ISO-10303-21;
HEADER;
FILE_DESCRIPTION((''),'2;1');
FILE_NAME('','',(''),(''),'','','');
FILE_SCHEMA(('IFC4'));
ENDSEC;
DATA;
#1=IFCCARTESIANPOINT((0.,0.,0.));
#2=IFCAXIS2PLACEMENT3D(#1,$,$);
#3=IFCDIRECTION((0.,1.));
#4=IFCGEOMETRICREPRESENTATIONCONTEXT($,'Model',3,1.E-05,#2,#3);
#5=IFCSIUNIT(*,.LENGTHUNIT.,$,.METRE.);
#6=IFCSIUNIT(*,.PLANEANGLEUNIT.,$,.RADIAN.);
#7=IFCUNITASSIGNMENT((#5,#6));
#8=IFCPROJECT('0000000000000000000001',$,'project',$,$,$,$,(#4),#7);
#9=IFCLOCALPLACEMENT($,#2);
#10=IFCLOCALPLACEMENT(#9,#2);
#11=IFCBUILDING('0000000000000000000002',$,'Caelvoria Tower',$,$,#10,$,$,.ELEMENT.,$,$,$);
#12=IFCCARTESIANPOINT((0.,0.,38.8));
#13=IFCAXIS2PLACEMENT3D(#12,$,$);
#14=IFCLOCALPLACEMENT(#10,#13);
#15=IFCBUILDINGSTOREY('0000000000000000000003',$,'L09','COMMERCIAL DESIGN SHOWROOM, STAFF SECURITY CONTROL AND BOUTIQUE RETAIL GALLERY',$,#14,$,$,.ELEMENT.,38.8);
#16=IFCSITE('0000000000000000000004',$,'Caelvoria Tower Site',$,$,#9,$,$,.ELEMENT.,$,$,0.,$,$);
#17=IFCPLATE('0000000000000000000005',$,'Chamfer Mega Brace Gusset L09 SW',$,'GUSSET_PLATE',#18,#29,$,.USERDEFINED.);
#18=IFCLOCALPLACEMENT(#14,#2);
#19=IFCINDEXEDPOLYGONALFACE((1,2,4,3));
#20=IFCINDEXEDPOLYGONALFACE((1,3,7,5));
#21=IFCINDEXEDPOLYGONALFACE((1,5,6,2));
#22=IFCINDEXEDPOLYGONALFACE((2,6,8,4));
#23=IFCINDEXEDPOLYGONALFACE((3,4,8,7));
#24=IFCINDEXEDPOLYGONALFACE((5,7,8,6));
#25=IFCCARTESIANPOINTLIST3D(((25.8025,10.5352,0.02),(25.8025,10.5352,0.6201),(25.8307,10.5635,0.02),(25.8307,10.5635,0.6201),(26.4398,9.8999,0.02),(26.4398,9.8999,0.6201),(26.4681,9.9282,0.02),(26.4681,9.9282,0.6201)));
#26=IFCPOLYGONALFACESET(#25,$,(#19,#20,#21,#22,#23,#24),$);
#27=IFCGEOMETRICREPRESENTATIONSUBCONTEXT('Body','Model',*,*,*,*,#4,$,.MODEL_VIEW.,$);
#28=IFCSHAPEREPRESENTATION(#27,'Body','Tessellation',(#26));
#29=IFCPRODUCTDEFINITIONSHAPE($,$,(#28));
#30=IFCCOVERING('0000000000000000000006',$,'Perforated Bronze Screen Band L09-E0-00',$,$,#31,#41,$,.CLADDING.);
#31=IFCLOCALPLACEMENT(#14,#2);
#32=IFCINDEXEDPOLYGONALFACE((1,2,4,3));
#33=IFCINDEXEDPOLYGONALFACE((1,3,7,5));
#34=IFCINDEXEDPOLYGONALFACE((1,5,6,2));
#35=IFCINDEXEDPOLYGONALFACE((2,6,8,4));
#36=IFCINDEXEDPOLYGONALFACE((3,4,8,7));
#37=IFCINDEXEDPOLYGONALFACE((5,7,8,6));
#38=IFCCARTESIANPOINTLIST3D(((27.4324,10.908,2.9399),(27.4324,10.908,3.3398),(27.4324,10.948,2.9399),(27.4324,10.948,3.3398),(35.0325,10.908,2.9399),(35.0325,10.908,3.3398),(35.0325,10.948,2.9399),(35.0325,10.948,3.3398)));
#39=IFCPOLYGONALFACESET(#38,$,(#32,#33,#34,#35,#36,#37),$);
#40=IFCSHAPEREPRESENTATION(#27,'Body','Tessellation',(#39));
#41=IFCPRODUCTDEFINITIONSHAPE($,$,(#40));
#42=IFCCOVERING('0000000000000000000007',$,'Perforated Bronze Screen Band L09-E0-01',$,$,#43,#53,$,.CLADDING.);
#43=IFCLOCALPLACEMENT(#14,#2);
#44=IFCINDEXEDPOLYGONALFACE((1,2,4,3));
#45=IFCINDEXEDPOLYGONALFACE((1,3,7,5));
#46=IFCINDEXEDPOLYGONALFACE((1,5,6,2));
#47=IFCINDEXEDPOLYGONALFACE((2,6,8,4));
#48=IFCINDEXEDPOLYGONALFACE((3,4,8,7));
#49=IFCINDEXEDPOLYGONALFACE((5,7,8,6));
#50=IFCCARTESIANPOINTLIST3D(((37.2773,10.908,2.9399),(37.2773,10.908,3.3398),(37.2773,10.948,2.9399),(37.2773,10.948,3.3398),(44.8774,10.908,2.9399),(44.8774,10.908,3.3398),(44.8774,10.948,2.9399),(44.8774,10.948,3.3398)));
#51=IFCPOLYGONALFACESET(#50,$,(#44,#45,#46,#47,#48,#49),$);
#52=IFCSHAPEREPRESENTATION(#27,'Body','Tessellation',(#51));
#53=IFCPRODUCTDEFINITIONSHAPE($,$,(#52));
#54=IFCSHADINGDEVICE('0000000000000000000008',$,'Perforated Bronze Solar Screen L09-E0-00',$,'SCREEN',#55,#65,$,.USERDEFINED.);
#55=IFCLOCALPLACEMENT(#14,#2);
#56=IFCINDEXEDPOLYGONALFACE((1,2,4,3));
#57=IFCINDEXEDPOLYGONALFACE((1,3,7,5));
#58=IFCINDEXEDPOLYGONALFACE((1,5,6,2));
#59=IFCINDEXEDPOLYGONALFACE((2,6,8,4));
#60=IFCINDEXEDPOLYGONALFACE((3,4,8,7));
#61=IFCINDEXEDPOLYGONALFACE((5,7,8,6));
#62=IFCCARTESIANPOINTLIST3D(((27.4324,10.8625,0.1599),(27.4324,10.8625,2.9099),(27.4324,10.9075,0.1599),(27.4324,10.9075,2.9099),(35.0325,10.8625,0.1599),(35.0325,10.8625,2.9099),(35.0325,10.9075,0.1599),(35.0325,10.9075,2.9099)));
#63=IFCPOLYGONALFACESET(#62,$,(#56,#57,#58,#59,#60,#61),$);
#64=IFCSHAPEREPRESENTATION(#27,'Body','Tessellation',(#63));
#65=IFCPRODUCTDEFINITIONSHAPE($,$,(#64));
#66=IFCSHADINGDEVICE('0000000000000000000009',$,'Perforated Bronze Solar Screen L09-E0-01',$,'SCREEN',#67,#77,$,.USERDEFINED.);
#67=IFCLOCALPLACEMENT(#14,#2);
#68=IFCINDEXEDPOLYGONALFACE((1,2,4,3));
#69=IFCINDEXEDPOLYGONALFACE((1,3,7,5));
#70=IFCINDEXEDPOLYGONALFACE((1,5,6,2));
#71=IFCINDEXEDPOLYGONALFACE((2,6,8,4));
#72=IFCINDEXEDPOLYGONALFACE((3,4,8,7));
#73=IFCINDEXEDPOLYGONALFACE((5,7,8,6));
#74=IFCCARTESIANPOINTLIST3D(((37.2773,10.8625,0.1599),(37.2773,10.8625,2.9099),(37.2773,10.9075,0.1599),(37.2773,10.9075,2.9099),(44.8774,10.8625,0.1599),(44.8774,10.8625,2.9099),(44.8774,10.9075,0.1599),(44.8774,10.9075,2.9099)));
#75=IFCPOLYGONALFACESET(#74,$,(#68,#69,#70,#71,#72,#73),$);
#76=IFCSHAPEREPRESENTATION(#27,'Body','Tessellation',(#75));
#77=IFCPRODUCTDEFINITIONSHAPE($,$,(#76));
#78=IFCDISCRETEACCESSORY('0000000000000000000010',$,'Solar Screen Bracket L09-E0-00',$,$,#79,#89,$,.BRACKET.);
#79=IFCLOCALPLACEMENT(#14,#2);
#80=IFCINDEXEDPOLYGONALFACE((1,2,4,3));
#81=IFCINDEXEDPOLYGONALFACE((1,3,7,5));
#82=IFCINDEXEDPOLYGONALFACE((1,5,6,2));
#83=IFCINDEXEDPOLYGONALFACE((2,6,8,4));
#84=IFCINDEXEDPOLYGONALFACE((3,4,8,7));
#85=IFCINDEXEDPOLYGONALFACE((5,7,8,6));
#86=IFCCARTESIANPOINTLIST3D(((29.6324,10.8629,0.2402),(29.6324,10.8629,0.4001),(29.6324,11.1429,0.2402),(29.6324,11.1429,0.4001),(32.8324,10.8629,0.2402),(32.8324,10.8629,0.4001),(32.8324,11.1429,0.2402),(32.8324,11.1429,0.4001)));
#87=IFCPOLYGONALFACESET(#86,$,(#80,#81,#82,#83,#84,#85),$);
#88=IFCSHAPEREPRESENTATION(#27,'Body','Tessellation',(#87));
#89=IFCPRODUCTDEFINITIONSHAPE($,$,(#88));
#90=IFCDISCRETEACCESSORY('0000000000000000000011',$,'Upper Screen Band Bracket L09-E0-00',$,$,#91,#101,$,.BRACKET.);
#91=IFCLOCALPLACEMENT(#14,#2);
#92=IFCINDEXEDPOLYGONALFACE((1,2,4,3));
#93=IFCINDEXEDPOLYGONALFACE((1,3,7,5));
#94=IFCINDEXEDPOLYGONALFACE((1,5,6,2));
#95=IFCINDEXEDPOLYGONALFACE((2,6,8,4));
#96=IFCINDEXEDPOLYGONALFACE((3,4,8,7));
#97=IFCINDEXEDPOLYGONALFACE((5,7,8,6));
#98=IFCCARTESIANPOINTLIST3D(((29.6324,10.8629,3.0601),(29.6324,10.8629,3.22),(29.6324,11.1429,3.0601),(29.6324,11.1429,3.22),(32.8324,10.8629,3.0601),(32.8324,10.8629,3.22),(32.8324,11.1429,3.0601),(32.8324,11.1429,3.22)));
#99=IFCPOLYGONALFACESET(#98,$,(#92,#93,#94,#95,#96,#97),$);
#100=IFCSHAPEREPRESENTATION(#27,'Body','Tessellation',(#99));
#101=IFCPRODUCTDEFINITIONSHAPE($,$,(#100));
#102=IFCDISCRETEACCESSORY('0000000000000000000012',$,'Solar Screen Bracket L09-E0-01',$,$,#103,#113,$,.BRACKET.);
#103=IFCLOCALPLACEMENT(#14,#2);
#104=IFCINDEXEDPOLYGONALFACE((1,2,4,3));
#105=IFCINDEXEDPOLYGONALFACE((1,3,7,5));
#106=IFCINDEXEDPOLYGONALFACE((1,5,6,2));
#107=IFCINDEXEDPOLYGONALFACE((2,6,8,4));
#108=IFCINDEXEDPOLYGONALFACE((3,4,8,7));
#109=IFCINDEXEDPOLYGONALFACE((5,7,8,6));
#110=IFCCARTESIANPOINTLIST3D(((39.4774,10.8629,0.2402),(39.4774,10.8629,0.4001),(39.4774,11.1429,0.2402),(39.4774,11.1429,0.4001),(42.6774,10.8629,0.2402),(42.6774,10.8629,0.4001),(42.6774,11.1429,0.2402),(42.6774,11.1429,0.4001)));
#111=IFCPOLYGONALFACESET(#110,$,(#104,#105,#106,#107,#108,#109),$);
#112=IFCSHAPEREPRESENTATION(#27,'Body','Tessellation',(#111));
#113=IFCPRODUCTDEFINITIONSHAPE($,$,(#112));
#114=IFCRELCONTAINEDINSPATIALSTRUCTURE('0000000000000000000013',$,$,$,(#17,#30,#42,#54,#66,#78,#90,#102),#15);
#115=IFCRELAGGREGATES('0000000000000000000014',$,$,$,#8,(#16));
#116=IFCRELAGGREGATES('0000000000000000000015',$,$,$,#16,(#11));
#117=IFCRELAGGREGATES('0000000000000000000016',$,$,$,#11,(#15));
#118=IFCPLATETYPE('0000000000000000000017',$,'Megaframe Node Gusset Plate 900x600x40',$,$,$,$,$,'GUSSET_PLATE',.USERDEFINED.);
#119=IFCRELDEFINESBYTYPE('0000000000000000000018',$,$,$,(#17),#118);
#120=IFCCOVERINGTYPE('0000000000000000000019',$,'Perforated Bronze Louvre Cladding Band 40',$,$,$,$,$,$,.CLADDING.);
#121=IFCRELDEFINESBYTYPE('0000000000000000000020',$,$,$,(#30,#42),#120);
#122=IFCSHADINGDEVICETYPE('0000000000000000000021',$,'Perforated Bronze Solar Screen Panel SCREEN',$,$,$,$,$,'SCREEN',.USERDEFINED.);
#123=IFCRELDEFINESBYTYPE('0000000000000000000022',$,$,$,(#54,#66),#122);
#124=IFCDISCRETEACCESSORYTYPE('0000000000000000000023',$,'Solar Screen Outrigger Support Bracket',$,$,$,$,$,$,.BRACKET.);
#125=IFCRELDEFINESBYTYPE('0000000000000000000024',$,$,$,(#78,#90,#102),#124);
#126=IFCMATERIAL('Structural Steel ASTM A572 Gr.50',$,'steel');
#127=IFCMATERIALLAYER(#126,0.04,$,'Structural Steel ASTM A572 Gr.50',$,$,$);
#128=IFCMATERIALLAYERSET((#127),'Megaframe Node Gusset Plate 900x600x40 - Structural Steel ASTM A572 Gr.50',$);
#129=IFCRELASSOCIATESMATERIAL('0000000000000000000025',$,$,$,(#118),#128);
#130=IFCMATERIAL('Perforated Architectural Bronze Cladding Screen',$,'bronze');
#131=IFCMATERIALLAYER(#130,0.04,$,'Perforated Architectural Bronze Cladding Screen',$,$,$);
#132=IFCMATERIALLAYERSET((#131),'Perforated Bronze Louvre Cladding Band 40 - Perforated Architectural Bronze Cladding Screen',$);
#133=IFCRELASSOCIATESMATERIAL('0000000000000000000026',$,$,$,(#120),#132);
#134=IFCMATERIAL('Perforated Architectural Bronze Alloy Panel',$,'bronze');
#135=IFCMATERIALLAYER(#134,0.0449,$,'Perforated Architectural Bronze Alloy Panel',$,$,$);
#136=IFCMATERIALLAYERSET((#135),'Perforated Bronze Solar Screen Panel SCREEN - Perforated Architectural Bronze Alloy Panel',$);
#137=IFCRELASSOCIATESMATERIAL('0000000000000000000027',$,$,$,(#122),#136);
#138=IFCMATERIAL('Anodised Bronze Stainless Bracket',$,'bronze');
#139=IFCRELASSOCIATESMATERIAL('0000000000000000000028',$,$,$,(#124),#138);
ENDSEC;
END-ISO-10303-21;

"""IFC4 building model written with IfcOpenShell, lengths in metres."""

from ifc_helpers import new_model, si_unit, direction, frame, origin, origin_2d, place, context, subcontext, project, spatial, rectangle, extrude, material, layer, layer_set, type_object, element, save


model = new_model("IFC4")

# Units and contexts
model_context = context("Model", 3, precision=1e-05, world=origin(), true_north=direction((0.0, 1.0)))
body_context = subcontext(model_context, "Body", "Model", "MODEL_VIEW")
ifc_project = project(units=[si_unit("LENGTHUNIT", "METRE"), si_unit("PLANEANGLEUNIT", "RADIAN")], contexts=[model_context])

# Site, building, storey
site_placement = place(None, origin())
site = spatial("IfcSite", under=ifc_project, at=site_placement, Name="Caelvoria Tower Site", CompositionType="ELEMENT", RefElevation=0.0)
building_placement = place(site_placement, origin())
building = spatial("IfcBuilding", under=site, at=building_placement, Name="Caelvoria Tower", CompositionType="ELEMENT")
storey_placement = place(building_placement, frame((0.0, 0.0, 38.8)))
storey = spatial("IfcBuildingStorey", under=building, at=storey_placement, Name="L09", Description="COMMERCIAL DESIGN SHOWROOM, STAFF SECURITY CONTROL AND BOUTIQUE RETAIL GALLERY", CompositionType="ELEMENT", Elevation=38.8)

# Shared definitions
ifc_material_1 = material(Name="Structural Steel ASTM A572 Gr.50", Category="steel")

# Plate
ifc_layer_1 = layer(ifc_material_1, 0.04, Name="Structural Steel ASTM A572 Gr.50")
ifc_layer_set_1 = layer_set([ifc_layer_1], Name="Megaframe Node Gusset Plate 900x600x40 - Structural Steel ASTM A572 Gr.50")
plate_type = type_object("IfcPlateType", Name="Megaframe Node Gusset Plate 900x600x40", ElementType="GUSSET_PLATE", PredefinedType="USERDEFINED", material=ifc_layer_set_1)
plate_placement = place(storey_placement, frame((26.1353, 10.2317, 0.02), z_axis=(0.0, 0.0, 1.0), x_axis=(-0.70823, 0.705982, 0.0)))
element("IfcPlate", 1, at=plate_placement, inside=storey, type_object=plate_type, Name="Chamfer Mega Brace Gusset L09 SW", ObjectType="GUSSET_PLATE", PredefinedType="USERDEFINED", context=body_context, shape_type="SweptSolid", body=[
    extrude(rectangle(XDim=0.8999, YDim=0.04, at=origin_2d()), origin(), (0.0, 0.0, 1.0), 0.6001),
])

# Coverings
ifc_material_2 = material(Name="Perforated Architectural Bronze Cladding Screen", Category="bronze")
ifc_layer_2 = layer(ifc_material_2, 0.04, Name="Perforated Architectural Bronze Cladding Screen")
ifc_layer_set_2 = layer_set([ifc_layer_2], Name="Perforated Bronze Louvre Cladding Band 40 - Perforated Architectural Bronze Cladding Screen")
covering_type = type_object("IfcCoveringType", Name="Perforated Bronze Louvre Cladding Band 40", PredefinedType="CLADDING", material=ifc_layer_set_2)
for number, where, z_axis, x_axis, name in (
    (2, (31.2324, 10.928, 2.9399), (0.0, 0.0, 1.0), (1.0, 0.0, 0.0), "Perforated Bronze Screen Band L09-E0-00"),
    (3, (41.0774, 10.928, 2.9399), (0.0, 0.0, 1.0), (1.0, 0.0, 0.0), "Perforated Bronze Screen Band L09-E0-01"),
):
    element("IfcCovering", number, at=place(storey_placement, frame(where, z_axis=z_axis, x_axis=x_axis)), inside=storey, type_object=covering_type, Name=name, PredefinedType="CLADDING", context=body_context, shape_type="SweptSolid", body=[
        extrude(rectangle(XDim=7.6001, YDim=0.04, at=origin_2d()), origin(), (0.0, 0.0, 1.0), 0.3999),
    ])

# Shading devices
ifc_material_3 = material(Name="Perforated Architectural Bronze Alloy Panel", Category="bronze")
ifc_layer_3 = layer(ifc_material_3, 0.0449, Name="Perforated Architectural Bronze Alloy Panel")
ifc_layer_set_3 = layer_set([ifc_layer_3], Name="Perforated Bronze Solar Screen Panel SCREEN - Perforated Architectural Bronze Alloy Panel")
shading_device_type = type_object("IfcShadingDeviceType", Name="Perforated Bronze Solar Screen Panel SCREEN", ElementType="SCREEN", PredefinedType="USERDEFINED", material=ifc_layer_set_3)
for number, where, z_axis, x_axis, name in (
    (4, (31.2324, 10.885, 0.1599), (0.0, 0.0, 1.0), (1.0, 0.0, 0.0), "Perforated Bronze Solar Screen L09-E0-00"),
    (5, (41.0774, 10.885, 0.1599), (0.0, 0.0, 1.0), (1.0, 0.0, 0.0), "Perforated Bronze Solar Screen L09-E0-01"),
):
    element("IfcShadingDevice", number, at=place(storey_placement, frame(where, z_axis=z_axis, x_axis=x_axis)), inside=storey, type_object=shading_device_type, Name=name, ObjectType="SCREEN", PredefinedType="USERDEFINED", context=body_context, shape_type="SweptSolid", body=[
        extrude(rectangle(XDim=7.6001, YDim=0.0449, at=origin_2d()), origin(), (0.0, 0.0, 1.0), 2.75),
    ])

# Discrete accessories
ifc_material_4 = material(Name="Anodised Bronze Stainless Bracket", Category="bronze")
discrete_accessory_type = type_object("IfcDiscreteAccessoryType", Name="Solar Screen Outrigger Support Bracket", PredefinedType="BRACKET", material=ifc_material_4)
for number, where, z_axis, x_axis, name in (
    (6, (31.2324, 11.0029, 0.2402), (0.0, 0.0, 1.0), (1.0, 0.0, 0.0), "Solar Screen Bracket L09-E0-00"),
    (7, (31.2324, 11.0029, 3.0601), (0.0, 0.0, 1.0), (1.0, 0.0, 0.0), "Upper Screen Band Bracket L09-E0-00"),
    (8, (41.0774, 11.0029, 0.2402), (0.0, 0.0, 1.0), (1.0, 0.0, 0.0), "Solar Screen Bracket L09-E0-01"),
):
    element("IfcDiscreteAccessory", number, at=place(storey_placement, frame(where, z_axis=z_axis, x_axis=x_axis)), inside=storey, type_object=discrete_accessory_type, Name=name, PredefinedType="BRACKET", context=body_context, shape_type="SweptSolid", body=[
        extrude(rectangle(XDim=3.2, YDim=0.28, at=origin_2d()), origin(), (0.0, 0.0, 1.0), 0.1599),
    ])

save(model, "model.ifc")
